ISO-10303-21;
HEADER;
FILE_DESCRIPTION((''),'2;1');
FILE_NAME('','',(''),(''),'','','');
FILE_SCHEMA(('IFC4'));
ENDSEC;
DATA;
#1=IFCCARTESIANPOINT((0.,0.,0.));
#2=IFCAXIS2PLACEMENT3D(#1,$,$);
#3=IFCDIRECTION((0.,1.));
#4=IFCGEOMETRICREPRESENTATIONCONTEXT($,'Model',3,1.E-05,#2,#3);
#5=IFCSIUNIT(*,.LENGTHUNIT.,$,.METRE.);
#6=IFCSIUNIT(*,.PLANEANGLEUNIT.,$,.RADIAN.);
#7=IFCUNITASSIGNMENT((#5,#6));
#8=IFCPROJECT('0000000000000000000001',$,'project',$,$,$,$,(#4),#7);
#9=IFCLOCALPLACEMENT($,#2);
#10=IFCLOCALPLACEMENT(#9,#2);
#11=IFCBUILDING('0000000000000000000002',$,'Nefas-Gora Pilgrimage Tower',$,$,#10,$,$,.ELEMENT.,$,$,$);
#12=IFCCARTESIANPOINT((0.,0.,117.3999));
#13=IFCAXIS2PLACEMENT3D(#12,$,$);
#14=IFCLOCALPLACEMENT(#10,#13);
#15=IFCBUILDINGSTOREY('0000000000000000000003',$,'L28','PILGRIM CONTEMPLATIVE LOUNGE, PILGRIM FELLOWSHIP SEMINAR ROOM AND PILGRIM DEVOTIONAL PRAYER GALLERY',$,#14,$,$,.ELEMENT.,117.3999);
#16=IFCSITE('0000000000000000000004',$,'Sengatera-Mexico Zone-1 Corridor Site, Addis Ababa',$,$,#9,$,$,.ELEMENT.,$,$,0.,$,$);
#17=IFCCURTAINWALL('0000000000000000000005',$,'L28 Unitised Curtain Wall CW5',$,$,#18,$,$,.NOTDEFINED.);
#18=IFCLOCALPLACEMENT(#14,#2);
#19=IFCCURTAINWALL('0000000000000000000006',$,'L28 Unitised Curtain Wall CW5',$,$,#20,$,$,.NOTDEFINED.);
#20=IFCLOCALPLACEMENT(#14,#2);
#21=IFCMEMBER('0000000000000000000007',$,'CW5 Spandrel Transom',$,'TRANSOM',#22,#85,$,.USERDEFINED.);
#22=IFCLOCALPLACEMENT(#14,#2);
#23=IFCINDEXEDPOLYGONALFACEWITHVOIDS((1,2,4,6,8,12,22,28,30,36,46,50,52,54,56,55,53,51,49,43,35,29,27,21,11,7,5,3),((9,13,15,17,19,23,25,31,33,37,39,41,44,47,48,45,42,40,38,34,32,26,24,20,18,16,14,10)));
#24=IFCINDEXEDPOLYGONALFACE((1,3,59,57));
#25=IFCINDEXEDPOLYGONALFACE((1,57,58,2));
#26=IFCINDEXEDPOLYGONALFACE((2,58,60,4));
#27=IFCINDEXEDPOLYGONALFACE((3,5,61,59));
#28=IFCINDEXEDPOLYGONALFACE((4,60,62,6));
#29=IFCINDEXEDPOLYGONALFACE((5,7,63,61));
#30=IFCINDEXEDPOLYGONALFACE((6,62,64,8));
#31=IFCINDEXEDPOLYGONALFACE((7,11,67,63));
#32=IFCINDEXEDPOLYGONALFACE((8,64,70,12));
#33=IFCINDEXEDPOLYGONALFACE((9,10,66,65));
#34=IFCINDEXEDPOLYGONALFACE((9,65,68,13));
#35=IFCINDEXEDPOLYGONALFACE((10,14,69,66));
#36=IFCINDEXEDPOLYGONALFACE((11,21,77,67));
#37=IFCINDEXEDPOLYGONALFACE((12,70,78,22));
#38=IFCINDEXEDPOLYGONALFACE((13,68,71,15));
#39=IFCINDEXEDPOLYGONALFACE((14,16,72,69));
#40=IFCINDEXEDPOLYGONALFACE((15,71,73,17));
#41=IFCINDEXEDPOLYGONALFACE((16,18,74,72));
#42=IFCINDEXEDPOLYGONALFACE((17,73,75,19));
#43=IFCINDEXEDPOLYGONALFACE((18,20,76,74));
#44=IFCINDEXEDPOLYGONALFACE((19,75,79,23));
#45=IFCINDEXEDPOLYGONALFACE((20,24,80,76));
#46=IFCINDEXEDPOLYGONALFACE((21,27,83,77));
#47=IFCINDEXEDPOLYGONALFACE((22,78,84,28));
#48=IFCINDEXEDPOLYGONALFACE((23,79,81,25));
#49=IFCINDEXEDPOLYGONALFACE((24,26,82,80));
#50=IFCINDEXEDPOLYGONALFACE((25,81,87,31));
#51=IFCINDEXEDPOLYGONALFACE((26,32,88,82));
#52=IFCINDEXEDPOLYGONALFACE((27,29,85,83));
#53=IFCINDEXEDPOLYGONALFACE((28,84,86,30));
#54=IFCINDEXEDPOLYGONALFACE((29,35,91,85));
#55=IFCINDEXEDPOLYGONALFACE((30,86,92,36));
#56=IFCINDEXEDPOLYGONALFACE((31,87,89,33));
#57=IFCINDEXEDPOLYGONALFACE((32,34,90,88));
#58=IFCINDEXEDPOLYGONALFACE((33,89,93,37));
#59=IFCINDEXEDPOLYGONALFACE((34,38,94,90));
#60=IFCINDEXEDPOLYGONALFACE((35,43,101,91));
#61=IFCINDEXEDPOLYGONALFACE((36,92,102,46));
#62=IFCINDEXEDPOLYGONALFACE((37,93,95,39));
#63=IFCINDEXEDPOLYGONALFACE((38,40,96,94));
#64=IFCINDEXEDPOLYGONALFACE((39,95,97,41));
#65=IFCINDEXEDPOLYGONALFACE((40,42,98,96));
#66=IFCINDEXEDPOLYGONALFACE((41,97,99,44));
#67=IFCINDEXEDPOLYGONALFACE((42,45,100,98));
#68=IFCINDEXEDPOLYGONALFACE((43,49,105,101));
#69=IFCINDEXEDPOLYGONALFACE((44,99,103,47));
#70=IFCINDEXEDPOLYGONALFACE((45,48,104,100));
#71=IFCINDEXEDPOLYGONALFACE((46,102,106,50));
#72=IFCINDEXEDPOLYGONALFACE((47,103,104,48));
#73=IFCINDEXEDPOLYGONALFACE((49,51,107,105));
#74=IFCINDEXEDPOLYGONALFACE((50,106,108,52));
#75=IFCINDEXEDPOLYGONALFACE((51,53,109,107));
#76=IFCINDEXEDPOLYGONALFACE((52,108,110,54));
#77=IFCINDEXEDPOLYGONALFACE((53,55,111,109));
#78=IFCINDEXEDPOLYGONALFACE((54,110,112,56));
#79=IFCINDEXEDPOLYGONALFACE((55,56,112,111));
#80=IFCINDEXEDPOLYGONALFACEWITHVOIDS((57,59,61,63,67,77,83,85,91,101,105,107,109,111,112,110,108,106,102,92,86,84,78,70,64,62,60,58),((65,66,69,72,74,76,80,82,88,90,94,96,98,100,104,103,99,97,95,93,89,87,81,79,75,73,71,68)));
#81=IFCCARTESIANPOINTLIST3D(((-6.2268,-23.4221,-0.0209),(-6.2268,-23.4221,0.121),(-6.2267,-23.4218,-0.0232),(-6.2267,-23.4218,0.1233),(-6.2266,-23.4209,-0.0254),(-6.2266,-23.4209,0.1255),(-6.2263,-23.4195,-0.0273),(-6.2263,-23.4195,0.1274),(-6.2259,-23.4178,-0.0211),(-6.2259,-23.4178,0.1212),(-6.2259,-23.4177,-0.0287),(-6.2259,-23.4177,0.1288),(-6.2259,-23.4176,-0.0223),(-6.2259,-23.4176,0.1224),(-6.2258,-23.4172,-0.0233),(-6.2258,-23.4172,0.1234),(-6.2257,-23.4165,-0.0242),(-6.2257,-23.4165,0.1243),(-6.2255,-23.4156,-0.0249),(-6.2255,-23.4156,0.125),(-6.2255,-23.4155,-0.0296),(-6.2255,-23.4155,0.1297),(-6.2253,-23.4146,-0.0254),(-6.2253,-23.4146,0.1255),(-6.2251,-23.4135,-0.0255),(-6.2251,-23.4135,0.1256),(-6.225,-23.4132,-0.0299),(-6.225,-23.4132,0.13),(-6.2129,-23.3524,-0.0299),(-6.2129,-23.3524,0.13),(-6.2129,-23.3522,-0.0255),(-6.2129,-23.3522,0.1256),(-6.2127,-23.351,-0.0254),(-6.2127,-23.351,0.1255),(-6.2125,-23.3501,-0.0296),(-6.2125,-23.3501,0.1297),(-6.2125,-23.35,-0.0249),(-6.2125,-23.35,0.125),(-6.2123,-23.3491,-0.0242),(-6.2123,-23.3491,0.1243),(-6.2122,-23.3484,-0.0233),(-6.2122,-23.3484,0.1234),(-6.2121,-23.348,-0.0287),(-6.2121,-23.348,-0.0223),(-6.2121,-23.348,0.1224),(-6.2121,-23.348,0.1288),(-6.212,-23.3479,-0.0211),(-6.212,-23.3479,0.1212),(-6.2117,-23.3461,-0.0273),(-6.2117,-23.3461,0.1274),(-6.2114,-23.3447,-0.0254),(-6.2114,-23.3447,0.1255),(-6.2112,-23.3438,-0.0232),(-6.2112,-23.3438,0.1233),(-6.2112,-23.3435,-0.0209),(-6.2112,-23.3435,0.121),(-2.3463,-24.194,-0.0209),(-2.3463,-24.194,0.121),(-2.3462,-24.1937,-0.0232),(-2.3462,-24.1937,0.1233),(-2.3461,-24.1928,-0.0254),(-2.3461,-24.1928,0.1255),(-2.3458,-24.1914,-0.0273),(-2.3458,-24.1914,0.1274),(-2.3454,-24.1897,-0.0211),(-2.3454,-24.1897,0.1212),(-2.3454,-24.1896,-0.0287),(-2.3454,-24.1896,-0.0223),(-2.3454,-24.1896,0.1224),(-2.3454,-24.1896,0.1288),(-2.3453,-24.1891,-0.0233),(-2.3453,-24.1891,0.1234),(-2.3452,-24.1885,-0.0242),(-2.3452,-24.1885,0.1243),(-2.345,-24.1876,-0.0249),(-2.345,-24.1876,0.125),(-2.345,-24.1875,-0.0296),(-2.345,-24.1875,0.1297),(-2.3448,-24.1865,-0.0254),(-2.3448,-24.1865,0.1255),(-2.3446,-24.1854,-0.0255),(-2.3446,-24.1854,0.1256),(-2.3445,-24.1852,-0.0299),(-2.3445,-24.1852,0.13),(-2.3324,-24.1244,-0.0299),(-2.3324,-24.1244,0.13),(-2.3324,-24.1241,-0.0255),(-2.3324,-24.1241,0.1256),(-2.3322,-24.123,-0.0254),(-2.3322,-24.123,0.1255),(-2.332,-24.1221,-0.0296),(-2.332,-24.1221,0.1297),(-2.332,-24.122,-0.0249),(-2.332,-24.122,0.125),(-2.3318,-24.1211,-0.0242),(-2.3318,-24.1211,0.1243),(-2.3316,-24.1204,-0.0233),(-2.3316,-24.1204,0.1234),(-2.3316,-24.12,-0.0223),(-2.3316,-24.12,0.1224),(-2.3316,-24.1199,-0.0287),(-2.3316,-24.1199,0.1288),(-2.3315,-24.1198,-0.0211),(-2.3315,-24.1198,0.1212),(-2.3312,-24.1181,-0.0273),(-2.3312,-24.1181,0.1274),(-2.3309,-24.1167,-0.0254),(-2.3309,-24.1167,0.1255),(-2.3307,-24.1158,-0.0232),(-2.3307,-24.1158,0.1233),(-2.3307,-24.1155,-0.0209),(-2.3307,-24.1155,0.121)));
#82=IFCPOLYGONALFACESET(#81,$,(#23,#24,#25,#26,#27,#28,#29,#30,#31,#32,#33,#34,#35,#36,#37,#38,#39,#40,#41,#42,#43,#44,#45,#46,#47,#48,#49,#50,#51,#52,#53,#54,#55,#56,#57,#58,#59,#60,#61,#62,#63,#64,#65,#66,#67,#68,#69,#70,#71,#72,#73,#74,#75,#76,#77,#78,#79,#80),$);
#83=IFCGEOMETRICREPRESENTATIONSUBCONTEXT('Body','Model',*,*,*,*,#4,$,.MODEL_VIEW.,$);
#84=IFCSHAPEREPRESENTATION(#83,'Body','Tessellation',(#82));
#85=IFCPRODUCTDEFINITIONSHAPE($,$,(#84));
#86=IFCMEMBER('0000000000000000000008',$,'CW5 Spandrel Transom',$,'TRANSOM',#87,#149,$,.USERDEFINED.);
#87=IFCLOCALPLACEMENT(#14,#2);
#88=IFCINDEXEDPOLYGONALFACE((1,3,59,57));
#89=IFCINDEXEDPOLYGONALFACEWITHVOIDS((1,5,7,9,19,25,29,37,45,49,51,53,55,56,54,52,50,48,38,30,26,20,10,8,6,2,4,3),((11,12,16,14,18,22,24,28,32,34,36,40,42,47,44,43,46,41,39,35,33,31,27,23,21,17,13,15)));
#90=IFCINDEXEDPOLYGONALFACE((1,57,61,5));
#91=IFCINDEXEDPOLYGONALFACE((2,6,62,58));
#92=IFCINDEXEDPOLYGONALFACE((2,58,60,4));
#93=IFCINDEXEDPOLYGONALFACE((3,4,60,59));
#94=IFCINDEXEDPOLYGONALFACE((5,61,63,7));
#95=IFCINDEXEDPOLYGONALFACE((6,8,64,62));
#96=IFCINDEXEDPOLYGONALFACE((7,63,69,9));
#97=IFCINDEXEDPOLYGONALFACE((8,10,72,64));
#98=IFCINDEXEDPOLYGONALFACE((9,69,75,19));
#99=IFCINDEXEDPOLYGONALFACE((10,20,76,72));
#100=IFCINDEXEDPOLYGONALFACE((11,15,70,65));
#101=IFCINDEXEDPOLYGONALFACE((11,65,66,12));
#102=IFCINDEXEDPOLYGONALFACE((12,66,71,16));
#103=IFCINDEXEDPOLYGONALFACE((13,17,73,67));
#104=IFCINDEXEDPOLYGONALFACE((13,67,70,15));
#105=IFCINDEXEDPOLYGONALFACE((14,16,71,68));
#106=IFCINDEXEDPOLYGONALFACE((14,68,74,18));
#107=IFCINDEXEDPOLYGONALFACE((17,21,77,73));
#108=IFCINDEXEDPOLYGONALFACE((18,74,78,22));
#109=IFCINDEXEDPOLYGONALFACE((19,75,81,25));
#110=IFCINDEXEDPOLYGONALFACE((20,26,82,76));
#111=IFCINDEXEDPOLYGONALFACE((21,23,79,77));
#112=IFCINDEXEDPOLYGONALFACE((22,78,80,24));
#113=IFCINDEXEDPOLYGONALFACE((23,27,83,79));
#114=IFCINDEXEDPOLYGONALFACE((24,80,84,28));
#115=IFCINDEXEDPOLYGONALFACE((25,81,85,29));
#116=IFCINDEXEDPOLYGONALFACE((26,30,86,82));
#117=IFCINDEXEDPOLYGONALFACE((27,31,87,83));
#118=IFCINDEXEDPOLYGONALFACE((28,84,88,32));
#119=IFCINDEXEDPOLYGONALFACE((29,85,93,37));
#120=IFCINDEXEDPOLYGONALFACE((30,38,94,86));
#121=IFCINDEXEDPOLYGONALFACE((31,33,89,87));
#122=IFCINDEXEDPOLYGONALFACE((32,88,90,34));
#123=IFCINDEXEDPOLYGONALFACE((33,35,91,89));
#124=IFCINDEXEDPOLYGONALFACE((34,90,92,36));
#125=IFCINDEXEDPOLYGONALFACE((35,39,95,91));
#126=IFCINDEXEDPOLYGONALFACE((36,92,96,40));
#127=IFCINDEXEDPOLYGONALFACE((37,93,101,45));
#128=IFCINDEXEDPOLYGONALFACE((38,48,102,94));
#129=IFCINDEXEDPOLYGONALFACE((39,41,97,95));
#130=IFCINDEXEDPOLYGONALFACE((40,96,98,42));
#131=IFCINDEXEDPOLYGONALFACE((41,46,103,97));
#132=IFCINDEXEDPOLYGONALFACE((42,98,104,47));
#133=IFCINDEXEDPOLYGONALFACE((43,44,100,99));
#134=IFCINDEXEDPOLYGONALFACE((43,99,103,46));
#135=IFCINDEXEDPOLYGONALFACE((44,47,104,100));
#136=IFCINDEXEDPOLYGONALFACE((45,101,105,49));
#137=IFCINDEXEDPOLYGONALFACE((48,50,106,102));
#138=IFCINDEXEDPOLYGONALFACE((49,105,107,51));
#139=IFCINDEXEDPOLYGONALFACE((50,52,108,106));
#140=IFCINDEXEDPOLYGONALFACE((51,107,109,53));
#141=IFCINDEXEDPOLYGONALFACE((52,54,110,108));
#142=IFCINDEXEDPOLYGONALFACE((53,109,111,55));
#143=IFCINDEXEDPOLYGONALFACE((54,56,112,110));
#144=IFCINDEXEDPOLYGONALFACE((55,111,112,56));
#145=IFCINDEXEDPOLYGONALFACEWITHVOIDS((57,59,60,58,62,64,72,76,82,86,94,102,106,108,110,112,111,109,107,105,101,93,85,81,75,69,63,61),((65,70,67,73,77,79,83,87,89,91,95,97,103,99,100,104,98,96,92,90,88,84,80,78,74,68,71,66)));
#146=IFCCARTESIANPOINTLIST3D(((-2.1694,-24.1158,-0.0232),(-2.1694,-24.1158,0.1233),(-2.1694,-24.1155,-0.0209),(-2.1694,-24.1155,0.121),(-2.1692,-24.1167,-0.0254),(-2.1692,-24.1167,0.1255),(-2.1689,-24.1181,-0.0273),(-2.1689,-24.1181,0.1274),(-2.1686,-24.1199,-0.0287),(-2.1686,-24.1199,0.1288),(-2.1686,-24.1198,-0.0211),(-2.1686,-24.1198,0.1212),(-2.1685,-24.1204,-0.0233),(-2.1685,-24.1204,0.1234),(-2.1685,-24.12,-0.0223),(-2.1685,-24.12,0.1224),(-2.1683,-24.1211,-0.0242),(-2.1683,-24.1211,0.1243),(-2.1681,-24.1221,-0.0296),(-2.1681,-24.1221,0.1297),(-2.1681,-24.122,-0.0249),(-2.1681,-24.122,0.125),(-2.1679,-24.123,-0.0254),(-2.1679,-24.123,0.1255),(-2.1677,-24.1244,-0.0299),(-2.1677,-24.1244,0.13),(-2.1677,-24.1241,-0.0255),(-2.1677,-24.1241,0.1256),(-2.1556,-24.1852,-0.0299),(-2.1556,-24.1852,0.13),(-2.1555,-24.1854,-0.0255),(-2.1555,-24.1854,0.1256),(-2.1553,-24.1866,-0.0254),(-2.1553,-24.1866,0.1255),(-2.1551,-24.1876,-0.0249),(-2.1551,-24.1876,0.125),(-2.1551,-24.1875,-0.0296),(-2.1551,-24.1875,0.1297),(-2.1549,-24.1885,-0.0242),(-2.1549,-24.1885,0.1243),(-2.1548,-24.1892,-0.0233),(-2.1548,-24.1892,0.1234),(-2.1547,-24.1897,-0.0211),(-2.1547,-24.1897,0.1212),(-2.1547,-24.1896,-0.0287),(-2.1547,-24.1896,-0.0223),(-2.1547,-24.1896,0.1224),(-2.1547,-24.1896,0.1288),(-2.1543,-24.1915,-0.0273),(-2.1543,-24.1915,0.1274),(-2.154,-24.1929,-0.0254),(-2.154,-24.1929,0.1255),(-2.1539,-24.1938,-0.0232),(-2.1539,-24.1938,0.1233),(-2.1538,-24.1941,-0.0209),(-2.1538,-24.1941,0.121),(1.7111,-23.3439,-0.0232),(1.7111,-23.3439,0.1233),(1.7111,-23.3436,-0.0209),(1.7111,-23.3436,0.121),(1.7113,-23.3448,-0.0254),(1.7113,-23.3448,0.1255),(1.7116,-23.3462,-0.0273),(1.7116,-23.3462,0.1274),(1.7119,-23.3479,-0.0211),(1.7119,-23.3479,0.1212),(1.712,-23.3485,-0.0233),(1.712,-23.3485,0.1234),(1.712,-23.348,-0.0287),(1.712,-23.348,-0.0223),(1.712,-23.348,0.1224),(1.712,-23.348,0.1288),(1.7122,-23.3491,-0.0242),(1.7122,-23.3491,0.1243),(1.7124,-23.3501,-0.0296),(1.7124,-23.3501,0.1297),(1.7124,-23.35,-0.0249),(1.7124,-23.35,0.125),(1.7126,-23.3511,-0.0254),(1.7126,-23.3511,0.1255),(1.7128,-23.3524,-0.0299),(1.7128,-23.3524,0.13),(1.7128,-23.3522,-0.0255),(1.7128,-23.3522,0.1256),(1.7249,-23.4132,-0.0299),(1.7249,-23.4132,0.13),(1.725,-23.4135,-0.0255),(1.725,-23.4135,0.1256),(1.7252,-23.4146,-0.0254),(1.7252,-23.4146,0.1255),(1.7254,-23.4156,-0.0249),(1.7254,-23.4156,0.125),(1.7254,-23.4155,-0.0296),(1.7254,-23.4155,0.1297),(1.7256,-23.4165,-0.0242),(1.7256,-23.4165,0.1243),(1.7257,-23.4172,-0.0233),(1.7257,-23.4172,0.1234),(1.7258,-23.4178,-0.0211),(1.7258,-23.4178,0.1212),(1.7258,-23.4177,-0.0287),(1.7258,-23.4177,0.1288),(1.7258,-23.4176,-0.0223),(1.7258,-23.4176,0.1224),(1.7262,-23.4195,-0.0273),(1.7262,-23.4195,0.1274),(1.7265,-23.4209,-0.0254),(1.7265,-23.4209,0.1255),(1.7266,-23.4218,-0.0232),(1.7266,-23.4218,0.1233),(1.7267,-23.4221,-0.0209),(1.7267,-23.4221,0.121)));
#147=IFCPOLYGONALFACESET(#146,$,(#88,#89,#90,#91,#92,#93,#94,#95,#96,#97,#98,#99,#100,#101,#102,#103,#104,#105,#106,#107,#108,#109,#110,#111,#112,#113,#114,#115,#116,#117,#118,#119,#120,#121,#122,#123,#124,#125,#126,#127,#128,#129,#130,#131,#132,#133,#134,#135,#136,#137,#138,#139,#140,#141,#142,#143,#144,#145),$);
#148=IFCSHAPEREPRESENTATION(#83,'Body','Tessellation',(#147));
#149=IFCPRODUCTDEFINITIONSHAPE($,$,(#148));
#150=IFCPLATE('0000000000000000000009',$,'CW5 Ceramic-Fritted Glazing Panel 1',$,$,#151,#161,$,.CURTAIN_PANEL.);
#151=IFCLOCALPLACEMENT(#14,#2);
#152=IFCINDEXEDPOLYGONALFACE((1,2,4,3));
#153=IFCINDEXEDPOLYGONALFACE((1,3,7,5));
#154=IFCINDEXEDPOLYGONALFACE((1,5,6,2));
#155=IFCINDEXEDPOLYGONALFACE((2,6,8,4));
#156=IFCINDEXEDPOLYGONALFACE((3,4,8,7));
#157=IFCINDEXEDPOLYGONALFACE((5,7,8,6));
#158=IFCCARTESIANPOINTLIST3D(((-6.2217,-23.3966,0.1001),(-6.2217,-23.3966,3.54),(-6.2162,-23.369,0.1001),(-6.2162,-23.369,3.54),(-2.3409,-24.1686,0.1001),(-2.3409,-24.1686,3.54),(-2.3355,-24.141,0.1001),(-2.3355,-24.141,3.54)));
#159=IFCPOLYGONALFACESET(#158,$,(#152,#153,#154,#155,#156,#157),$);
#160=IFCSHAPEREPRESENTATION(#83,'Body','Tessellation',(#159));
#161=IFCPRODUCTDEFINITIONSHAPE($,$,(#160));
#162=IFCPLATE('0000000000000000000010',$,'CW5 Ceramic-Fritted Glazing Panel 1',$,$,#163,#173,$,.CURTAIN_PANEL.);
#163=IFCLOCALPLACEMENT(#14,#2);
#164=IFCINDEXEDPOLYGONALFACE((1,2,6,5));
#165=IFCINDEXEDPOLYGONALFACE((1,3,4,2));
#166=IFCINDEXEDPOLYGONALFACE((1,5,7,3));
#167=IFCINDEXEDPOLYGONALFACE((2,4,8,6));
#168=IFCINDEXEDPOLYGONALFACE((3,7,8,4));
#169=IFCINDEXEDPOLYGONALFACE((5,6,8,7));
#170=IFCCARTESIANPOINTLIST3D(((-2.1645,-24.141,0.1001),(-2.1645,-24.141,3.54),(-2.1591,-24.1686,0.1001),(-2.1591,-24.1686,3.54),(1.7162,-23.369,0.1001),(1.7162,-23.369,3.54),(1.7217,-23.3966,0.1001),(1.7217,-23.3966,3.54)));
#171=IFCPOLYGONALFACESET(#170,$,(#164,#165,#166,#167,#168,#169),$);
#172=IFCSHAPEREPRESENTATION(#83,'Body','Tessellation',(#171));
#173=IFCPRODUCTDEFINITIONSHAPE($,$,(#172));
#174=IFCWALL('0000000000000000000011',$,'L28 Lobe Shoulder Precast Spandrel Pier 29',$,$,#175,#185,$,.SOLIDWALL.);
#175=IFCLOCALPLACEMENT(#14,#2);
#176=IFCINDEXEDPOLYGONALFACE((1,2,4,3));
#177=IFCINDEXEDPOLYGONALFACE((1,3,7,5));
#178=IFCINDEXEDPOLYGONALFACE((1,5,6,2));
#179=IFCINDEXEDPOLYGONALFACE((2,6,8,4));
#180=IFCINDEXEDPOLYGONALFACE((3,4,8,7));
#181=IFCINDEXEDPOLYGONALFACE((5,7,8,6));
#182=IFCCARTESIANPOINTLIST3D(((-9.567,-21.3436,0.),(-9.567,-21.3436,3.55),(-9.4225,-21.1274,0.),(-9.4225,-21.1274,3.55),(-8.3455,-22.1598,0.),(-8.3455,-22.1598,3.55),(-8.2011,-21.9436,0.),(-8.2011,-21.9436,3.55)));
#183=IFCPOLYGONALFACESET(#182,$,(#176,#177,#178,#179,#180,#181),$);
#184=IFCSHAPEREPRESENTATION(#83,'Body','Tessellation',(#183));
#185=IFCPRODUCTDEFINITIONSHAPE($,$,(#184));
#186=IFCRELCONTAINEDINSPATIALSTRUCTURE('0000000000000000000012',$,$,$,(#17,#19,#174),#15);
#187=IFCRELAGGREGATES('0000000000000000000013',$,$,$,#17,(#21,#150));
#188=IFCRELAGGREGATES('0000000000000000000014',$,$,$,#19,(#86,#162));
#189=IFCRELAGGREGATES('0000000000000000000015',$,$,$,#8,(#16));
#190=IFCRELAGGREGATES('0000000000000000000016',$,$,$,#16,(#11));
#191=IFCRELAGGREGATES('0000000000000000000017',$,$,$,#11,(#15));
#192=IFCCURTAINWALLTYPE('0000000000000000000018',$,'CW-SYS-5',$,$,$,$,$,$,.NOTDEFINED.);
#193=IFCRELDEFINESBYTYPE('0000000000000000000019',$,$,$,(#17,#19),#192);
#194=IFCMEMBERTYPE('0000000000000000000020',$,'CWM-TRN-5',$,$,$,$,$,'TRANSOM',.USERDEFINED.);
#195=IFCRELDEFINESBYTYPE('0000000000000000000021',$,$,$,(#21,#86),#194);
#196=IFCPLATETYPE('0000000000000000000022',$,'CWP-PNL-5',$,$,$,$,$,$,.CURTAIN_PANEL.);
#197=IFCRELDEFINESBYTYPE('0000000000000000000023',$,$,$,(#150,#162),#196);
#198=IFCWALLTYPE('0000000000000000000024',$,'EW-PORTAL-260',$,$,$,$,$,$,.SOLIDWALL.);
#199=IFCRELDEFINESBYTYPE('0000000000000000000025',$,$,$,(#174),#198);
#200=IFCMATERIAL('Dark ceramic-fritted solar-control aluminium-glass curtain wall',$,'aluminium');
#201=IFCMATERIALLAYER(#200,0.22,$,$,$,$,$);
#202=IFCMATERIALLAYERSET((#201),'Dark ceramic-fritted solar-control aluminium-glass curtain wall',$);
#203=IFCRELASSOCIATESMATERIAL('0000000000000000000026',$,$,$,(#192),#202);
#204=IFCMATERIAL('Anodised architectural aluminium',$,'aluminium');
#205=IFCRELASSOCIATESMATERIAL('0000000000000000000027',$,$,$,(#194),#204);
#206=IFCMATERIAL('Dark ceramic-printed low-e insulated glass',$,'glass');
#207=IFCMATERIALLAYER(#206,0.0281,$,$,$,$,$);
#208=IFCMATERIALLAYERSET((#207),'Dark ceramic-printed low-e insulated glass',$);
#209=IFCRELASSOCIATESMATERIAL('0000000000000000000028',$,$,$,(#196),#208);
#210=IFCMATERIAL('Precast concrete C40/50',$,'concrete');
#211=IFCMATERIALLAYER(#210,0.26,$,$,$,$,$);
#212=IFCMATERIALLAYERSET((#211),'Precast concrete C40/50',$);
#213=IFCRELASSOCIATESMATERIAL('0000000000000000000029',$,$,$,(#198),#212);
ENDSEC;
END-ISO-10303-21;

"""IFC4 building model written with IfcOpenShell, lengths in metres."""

from ifc_helpers import new_model, si_unit, direction, frame, frame_2d, origin, origin_2d, place, context, subcontext, project, spatial, rectangle, hollow_rectangle, extrude, source, transform, mapped, material, layer, layer_set, material_profile, profile_set, type_object, element, aggregate, save


model = new_model("IFC4")

# Units and contexts
model_context = context("Model", 3, precision=1e-05, world=origin(), true_north=direction((0.0, 1.0)))
body_context = subcontext(model_context, "Body", "Model", "MODEL_VIEW")
ifc_project = project(units=[si_unit("LENGTHUNIT", "METRE"), si_unit("PLANEANGLEUNIT", "RADIAN")], contexts=[model_context])

# Site, building, storey
site_placement = place(None, origin())
site = spatial("IfcSite", under=ifc_project, at=site_placement, Name="Sengatera-Mexico Zone-1 Corridor Site, Addis Ababa", CompositionType="ELEMENT", RefElevation=0.0)
building_placement = place(site_placement, origin())
building = spatial("IfcBuilding", under=site, at=building_placement, Name="Nefas-Gora Pilgrimage Tower", CompositionType="ELEMENT")
storey_placement = place(building_placement, frame((0.0, 0.0, 117.3999)))
storey = spatial("IfcBuildingStorey", under=building, at=storey_placement, Name="L28", Description="PILGRIM CONTEMPLATIVE LOUNGE, PILGRIM FELLOWSHIP SEMINAR ROOM AND PILGRIM DEVOTIONAL PRAYER GALLERY", CompositionType="ELEMENT", Elevation=117.3999)

# Shared definitions
ifc_material_1 = material(Name="Dark ceramic-fritted solar-control aluminium-glass curtain wall", Category="aluminium")
ifc_layer_1 = layer(ifc_material_1, 0.22)
ifc_layer_set_1 = layer_set([ifc_layer_1], Name="Dark ceramic-fritted solar-control aluminium-glass curtain wall")
curtain_wall_type = type_object("IfcCurtainWallType", Name="CW-SYS-5", PredefinedType="NOTDEFINED", material=ifc_layer_set_1)
ifc_material_2 = material(Name="Anodised architectural aluminium", Category="aluminium")

# Curtain wall
curtain_wall_1_placement = place(storey_placement, origin())
curtain_wall_1 = element("IfcCurtainWall", 1, at=curtain_wall_1_placement, inside=storey, type_object=curtain_wall_type, Name="L28 Unitised Curtain Wall CW5", PredefinedType="NOTDEFINED")

# Curtain wall
curtain_wall_2_placement = place(storey_placement, origin())
curtain_wall_2 = element("IfcCurtainWall", 2, at=curtain_wall_2_placement, inside=storey, type_object=curtain_wall_type, Name="L28 Unitised Curtain Wall CW5", PredefinedType="NOTDEFINED")

# Members
ifc_material_profile_1 = material_profile(ifc_material_2, hollow_rectangle(XDim=0.0801, YDim=0.1599, WallThickness=0.0044, InnerFilletRadius=0.0044, OuterFilletRadius=0.009, at=origin_2d()), Name="ALU TRANSOM 80x160")
ifc_profile_set_1 = profile_set([ifc_material_profile_1], Name="Anodised architectural aluminium")
member_type_1 = type_object("IfcMemberType", Name="CWM-TRN-5", ElementType="TRANSOM", PredefinedType="USERDEFINED", material=ifc_profile_set_1)
shared_shape_1 = source(origin(), body_context, "Body", "SweptSolid", [
    extrude(hollow_rectangle(XDim=0.0801, YDim=0.1599, WallThickness=0.0044, InnerFilletRadius=0.0044, OuterFilletRadius=0.009, at=origin_2d()), origin(), (0.0, 0.0, 1.0), 3.9565),
])
member_1_placement = place(storey_placement, frame((-6.219, -23.3828, 0.05), z_axis=(0.980782, -0.195107, 0.0), x_axis=(0.195107, 0.980782, 0.0)))
member_1 = element("IfcMember", 3, at=member_1_placement, type_object=member_type_1, Name="CW5 Spandrel Transom", ObjectType="TRANSOM", PredefinedType="USERDEFINED", context=body_context, shape_type="MappedRepresentation", body=[
    mapped(shared_shape_1, transform((0.0, 0.0, 0.0), x_axis=(1.0, 0.0, 0.0), y_axis=(0.0, 1.0, 0.0), z_axis=(0.0, 0.0, 1.0), scale=1.0)),
])
member_2_placement = place(storey_placement, frame((-2.1616, -24.1548, 0.05), z_axis=(0.980782, 0.195107, 0.0), x_axis=(-0.195107, 0.980782, 0.0)))
member_2 = element("IfcMember", 4, at=member_2_placement, type_object=member_type_1, Name="CW5 Spandrel Transom", ObjectType="TRANSOM", PredefinedType="USERDEFINED", context=body_context, shape_type="MappedRepresentation", body=[
    mapped(shared_shape_1, transform((0.0, 0.0, 0.0), x_axis=(1.0, 0.0, 0.0), y_axis=(0.0, 1.0, 0.0), z_axis=(0.0, 0.0, 1.0), scale=1.0)),
])

# Plates
ifc_material_3 = material(Name="Dark ceramic-printed low-e insulated glass", Category="glass")
ifc_layer_2 = layer(ifc_material_3, 0.0281)
ifc_layer_set_2 = layer_set([ifc_layer_2], Name="Dark ceramic-printed low-e insulated glass")
plate_type = type_object("IfcPlateType", Name="CWP-PNL-5", PredefinedType="CURTAIN_PANEL", material=ifc_layer_set_2)
shared_shape_2 = source(origin(), body_context, "Body", "SweptSolid", [
    extrude(rectangle(XDim=3.9568, YDim=0.0281, at=origin_2d()), origin(), (0.0, 0.0, 1.0), 3.4399),
])
plate_1_placement = place(storey_placement, frame((-4.2786, -23.7688, 0.1001), z_axis=(0.0, 0.0, 1.0), x_axis=(0.980783, -0.195102, 0.0)))
plate_1 = element("IfcPlate", 5, at=plate_1_placement, type_object=plate_type, Name="CW5 Ceramic-Fritted Glazing Panel 1", PredefinedType="CURTAIN_PANEL", context=body_context, shape_type="MappedRepresentation", body=[
    mapped(shared_shape_2, transform((0.0, 0.0, 0.0), x_axis=(1.0, 0.0, 0.0), y_axis=(0.0, 1.0, 0.0), z_axis=(0.0, 0.0, 1.0), scale=1.0)),
])
aggregate(curtain_wall_1, [member_1, plate_1])
plate_2_placement = place(storey_placement, frame((-0.2214, -23.7688, 0.1001), z_axis=(0.0, 0.0, 1.0), x_axis=(0.980783, 0.195102, 0.0)))
plate_2 = element("IfcPlate", 6, at=plate_2_placement, type_object=plate_type, Name="CW5 Ceramic-Fritted Glazing Panel 1", PredefinedType="CURTAIN_PANEL", context=body_context, shape_type="MappedRepresentation", body=[
    mapped(shared_shape_2, transform((0.0, 0.0, 0.0), x_axis=(1.0, 0.0, 0.0), y_axis=(0.0, 1.0, 0.0), z_axis=(0.0, 0.0, 1.0), scale=1.0)),
])
aggregate(curtain_wall_2, [member_2, plate_2])

# Wall
ifc_material_4 = material(Name="Precast concrete C40/50", Category="concrete")
ifc_layer_3 = layer(ifc_material_4, 0.26)
ifc_layer_set_3 = layer_set([ifc_layer_3], Name="Precast concrete C40/50")
wall_type_1 = type_object("IfcWallType", Name="EW-PORTAL-260", PredefinedType="SOLIDWALL", material=ifc_layer_set_3)
shared_shape_3 = source(origin(), body_context, "Body", "SweptSolid", [
    extrude(rectangle(XDim=1.469, YDim=0.26, at=frame_2d((0.7344, 0.0))), origin(), (0.0, 0.0, 1.0), 3.55),
])
wall_1_placement = place(storey_placement, frame((-9.4946, -21.2356, 0.0), z_axis=(0.0, 0.0, 1.0), x_axis=(0.831462, -0.555582, 0.0)))
element("IfcWall", 7, at=wall_1_placement, inside=storey, type_object=wall_type_1, Name="L28 Lobe Shoulder Precast Spandrel Pier 29", PredefinedType="SOLIDWALL", context=body_context, shape_type="MappedRepresentation", body=[
    mapped(shared_shape_3, transform((0.0, 0.0, 0.0), x_axis=(1.0, 0.0, 0.0), y_axis=(0.0, 1.0, 0.0), z_axis=(0.0, 0.0, 1.0), scale=1.0)),
])

save(model, "model.ifc")
